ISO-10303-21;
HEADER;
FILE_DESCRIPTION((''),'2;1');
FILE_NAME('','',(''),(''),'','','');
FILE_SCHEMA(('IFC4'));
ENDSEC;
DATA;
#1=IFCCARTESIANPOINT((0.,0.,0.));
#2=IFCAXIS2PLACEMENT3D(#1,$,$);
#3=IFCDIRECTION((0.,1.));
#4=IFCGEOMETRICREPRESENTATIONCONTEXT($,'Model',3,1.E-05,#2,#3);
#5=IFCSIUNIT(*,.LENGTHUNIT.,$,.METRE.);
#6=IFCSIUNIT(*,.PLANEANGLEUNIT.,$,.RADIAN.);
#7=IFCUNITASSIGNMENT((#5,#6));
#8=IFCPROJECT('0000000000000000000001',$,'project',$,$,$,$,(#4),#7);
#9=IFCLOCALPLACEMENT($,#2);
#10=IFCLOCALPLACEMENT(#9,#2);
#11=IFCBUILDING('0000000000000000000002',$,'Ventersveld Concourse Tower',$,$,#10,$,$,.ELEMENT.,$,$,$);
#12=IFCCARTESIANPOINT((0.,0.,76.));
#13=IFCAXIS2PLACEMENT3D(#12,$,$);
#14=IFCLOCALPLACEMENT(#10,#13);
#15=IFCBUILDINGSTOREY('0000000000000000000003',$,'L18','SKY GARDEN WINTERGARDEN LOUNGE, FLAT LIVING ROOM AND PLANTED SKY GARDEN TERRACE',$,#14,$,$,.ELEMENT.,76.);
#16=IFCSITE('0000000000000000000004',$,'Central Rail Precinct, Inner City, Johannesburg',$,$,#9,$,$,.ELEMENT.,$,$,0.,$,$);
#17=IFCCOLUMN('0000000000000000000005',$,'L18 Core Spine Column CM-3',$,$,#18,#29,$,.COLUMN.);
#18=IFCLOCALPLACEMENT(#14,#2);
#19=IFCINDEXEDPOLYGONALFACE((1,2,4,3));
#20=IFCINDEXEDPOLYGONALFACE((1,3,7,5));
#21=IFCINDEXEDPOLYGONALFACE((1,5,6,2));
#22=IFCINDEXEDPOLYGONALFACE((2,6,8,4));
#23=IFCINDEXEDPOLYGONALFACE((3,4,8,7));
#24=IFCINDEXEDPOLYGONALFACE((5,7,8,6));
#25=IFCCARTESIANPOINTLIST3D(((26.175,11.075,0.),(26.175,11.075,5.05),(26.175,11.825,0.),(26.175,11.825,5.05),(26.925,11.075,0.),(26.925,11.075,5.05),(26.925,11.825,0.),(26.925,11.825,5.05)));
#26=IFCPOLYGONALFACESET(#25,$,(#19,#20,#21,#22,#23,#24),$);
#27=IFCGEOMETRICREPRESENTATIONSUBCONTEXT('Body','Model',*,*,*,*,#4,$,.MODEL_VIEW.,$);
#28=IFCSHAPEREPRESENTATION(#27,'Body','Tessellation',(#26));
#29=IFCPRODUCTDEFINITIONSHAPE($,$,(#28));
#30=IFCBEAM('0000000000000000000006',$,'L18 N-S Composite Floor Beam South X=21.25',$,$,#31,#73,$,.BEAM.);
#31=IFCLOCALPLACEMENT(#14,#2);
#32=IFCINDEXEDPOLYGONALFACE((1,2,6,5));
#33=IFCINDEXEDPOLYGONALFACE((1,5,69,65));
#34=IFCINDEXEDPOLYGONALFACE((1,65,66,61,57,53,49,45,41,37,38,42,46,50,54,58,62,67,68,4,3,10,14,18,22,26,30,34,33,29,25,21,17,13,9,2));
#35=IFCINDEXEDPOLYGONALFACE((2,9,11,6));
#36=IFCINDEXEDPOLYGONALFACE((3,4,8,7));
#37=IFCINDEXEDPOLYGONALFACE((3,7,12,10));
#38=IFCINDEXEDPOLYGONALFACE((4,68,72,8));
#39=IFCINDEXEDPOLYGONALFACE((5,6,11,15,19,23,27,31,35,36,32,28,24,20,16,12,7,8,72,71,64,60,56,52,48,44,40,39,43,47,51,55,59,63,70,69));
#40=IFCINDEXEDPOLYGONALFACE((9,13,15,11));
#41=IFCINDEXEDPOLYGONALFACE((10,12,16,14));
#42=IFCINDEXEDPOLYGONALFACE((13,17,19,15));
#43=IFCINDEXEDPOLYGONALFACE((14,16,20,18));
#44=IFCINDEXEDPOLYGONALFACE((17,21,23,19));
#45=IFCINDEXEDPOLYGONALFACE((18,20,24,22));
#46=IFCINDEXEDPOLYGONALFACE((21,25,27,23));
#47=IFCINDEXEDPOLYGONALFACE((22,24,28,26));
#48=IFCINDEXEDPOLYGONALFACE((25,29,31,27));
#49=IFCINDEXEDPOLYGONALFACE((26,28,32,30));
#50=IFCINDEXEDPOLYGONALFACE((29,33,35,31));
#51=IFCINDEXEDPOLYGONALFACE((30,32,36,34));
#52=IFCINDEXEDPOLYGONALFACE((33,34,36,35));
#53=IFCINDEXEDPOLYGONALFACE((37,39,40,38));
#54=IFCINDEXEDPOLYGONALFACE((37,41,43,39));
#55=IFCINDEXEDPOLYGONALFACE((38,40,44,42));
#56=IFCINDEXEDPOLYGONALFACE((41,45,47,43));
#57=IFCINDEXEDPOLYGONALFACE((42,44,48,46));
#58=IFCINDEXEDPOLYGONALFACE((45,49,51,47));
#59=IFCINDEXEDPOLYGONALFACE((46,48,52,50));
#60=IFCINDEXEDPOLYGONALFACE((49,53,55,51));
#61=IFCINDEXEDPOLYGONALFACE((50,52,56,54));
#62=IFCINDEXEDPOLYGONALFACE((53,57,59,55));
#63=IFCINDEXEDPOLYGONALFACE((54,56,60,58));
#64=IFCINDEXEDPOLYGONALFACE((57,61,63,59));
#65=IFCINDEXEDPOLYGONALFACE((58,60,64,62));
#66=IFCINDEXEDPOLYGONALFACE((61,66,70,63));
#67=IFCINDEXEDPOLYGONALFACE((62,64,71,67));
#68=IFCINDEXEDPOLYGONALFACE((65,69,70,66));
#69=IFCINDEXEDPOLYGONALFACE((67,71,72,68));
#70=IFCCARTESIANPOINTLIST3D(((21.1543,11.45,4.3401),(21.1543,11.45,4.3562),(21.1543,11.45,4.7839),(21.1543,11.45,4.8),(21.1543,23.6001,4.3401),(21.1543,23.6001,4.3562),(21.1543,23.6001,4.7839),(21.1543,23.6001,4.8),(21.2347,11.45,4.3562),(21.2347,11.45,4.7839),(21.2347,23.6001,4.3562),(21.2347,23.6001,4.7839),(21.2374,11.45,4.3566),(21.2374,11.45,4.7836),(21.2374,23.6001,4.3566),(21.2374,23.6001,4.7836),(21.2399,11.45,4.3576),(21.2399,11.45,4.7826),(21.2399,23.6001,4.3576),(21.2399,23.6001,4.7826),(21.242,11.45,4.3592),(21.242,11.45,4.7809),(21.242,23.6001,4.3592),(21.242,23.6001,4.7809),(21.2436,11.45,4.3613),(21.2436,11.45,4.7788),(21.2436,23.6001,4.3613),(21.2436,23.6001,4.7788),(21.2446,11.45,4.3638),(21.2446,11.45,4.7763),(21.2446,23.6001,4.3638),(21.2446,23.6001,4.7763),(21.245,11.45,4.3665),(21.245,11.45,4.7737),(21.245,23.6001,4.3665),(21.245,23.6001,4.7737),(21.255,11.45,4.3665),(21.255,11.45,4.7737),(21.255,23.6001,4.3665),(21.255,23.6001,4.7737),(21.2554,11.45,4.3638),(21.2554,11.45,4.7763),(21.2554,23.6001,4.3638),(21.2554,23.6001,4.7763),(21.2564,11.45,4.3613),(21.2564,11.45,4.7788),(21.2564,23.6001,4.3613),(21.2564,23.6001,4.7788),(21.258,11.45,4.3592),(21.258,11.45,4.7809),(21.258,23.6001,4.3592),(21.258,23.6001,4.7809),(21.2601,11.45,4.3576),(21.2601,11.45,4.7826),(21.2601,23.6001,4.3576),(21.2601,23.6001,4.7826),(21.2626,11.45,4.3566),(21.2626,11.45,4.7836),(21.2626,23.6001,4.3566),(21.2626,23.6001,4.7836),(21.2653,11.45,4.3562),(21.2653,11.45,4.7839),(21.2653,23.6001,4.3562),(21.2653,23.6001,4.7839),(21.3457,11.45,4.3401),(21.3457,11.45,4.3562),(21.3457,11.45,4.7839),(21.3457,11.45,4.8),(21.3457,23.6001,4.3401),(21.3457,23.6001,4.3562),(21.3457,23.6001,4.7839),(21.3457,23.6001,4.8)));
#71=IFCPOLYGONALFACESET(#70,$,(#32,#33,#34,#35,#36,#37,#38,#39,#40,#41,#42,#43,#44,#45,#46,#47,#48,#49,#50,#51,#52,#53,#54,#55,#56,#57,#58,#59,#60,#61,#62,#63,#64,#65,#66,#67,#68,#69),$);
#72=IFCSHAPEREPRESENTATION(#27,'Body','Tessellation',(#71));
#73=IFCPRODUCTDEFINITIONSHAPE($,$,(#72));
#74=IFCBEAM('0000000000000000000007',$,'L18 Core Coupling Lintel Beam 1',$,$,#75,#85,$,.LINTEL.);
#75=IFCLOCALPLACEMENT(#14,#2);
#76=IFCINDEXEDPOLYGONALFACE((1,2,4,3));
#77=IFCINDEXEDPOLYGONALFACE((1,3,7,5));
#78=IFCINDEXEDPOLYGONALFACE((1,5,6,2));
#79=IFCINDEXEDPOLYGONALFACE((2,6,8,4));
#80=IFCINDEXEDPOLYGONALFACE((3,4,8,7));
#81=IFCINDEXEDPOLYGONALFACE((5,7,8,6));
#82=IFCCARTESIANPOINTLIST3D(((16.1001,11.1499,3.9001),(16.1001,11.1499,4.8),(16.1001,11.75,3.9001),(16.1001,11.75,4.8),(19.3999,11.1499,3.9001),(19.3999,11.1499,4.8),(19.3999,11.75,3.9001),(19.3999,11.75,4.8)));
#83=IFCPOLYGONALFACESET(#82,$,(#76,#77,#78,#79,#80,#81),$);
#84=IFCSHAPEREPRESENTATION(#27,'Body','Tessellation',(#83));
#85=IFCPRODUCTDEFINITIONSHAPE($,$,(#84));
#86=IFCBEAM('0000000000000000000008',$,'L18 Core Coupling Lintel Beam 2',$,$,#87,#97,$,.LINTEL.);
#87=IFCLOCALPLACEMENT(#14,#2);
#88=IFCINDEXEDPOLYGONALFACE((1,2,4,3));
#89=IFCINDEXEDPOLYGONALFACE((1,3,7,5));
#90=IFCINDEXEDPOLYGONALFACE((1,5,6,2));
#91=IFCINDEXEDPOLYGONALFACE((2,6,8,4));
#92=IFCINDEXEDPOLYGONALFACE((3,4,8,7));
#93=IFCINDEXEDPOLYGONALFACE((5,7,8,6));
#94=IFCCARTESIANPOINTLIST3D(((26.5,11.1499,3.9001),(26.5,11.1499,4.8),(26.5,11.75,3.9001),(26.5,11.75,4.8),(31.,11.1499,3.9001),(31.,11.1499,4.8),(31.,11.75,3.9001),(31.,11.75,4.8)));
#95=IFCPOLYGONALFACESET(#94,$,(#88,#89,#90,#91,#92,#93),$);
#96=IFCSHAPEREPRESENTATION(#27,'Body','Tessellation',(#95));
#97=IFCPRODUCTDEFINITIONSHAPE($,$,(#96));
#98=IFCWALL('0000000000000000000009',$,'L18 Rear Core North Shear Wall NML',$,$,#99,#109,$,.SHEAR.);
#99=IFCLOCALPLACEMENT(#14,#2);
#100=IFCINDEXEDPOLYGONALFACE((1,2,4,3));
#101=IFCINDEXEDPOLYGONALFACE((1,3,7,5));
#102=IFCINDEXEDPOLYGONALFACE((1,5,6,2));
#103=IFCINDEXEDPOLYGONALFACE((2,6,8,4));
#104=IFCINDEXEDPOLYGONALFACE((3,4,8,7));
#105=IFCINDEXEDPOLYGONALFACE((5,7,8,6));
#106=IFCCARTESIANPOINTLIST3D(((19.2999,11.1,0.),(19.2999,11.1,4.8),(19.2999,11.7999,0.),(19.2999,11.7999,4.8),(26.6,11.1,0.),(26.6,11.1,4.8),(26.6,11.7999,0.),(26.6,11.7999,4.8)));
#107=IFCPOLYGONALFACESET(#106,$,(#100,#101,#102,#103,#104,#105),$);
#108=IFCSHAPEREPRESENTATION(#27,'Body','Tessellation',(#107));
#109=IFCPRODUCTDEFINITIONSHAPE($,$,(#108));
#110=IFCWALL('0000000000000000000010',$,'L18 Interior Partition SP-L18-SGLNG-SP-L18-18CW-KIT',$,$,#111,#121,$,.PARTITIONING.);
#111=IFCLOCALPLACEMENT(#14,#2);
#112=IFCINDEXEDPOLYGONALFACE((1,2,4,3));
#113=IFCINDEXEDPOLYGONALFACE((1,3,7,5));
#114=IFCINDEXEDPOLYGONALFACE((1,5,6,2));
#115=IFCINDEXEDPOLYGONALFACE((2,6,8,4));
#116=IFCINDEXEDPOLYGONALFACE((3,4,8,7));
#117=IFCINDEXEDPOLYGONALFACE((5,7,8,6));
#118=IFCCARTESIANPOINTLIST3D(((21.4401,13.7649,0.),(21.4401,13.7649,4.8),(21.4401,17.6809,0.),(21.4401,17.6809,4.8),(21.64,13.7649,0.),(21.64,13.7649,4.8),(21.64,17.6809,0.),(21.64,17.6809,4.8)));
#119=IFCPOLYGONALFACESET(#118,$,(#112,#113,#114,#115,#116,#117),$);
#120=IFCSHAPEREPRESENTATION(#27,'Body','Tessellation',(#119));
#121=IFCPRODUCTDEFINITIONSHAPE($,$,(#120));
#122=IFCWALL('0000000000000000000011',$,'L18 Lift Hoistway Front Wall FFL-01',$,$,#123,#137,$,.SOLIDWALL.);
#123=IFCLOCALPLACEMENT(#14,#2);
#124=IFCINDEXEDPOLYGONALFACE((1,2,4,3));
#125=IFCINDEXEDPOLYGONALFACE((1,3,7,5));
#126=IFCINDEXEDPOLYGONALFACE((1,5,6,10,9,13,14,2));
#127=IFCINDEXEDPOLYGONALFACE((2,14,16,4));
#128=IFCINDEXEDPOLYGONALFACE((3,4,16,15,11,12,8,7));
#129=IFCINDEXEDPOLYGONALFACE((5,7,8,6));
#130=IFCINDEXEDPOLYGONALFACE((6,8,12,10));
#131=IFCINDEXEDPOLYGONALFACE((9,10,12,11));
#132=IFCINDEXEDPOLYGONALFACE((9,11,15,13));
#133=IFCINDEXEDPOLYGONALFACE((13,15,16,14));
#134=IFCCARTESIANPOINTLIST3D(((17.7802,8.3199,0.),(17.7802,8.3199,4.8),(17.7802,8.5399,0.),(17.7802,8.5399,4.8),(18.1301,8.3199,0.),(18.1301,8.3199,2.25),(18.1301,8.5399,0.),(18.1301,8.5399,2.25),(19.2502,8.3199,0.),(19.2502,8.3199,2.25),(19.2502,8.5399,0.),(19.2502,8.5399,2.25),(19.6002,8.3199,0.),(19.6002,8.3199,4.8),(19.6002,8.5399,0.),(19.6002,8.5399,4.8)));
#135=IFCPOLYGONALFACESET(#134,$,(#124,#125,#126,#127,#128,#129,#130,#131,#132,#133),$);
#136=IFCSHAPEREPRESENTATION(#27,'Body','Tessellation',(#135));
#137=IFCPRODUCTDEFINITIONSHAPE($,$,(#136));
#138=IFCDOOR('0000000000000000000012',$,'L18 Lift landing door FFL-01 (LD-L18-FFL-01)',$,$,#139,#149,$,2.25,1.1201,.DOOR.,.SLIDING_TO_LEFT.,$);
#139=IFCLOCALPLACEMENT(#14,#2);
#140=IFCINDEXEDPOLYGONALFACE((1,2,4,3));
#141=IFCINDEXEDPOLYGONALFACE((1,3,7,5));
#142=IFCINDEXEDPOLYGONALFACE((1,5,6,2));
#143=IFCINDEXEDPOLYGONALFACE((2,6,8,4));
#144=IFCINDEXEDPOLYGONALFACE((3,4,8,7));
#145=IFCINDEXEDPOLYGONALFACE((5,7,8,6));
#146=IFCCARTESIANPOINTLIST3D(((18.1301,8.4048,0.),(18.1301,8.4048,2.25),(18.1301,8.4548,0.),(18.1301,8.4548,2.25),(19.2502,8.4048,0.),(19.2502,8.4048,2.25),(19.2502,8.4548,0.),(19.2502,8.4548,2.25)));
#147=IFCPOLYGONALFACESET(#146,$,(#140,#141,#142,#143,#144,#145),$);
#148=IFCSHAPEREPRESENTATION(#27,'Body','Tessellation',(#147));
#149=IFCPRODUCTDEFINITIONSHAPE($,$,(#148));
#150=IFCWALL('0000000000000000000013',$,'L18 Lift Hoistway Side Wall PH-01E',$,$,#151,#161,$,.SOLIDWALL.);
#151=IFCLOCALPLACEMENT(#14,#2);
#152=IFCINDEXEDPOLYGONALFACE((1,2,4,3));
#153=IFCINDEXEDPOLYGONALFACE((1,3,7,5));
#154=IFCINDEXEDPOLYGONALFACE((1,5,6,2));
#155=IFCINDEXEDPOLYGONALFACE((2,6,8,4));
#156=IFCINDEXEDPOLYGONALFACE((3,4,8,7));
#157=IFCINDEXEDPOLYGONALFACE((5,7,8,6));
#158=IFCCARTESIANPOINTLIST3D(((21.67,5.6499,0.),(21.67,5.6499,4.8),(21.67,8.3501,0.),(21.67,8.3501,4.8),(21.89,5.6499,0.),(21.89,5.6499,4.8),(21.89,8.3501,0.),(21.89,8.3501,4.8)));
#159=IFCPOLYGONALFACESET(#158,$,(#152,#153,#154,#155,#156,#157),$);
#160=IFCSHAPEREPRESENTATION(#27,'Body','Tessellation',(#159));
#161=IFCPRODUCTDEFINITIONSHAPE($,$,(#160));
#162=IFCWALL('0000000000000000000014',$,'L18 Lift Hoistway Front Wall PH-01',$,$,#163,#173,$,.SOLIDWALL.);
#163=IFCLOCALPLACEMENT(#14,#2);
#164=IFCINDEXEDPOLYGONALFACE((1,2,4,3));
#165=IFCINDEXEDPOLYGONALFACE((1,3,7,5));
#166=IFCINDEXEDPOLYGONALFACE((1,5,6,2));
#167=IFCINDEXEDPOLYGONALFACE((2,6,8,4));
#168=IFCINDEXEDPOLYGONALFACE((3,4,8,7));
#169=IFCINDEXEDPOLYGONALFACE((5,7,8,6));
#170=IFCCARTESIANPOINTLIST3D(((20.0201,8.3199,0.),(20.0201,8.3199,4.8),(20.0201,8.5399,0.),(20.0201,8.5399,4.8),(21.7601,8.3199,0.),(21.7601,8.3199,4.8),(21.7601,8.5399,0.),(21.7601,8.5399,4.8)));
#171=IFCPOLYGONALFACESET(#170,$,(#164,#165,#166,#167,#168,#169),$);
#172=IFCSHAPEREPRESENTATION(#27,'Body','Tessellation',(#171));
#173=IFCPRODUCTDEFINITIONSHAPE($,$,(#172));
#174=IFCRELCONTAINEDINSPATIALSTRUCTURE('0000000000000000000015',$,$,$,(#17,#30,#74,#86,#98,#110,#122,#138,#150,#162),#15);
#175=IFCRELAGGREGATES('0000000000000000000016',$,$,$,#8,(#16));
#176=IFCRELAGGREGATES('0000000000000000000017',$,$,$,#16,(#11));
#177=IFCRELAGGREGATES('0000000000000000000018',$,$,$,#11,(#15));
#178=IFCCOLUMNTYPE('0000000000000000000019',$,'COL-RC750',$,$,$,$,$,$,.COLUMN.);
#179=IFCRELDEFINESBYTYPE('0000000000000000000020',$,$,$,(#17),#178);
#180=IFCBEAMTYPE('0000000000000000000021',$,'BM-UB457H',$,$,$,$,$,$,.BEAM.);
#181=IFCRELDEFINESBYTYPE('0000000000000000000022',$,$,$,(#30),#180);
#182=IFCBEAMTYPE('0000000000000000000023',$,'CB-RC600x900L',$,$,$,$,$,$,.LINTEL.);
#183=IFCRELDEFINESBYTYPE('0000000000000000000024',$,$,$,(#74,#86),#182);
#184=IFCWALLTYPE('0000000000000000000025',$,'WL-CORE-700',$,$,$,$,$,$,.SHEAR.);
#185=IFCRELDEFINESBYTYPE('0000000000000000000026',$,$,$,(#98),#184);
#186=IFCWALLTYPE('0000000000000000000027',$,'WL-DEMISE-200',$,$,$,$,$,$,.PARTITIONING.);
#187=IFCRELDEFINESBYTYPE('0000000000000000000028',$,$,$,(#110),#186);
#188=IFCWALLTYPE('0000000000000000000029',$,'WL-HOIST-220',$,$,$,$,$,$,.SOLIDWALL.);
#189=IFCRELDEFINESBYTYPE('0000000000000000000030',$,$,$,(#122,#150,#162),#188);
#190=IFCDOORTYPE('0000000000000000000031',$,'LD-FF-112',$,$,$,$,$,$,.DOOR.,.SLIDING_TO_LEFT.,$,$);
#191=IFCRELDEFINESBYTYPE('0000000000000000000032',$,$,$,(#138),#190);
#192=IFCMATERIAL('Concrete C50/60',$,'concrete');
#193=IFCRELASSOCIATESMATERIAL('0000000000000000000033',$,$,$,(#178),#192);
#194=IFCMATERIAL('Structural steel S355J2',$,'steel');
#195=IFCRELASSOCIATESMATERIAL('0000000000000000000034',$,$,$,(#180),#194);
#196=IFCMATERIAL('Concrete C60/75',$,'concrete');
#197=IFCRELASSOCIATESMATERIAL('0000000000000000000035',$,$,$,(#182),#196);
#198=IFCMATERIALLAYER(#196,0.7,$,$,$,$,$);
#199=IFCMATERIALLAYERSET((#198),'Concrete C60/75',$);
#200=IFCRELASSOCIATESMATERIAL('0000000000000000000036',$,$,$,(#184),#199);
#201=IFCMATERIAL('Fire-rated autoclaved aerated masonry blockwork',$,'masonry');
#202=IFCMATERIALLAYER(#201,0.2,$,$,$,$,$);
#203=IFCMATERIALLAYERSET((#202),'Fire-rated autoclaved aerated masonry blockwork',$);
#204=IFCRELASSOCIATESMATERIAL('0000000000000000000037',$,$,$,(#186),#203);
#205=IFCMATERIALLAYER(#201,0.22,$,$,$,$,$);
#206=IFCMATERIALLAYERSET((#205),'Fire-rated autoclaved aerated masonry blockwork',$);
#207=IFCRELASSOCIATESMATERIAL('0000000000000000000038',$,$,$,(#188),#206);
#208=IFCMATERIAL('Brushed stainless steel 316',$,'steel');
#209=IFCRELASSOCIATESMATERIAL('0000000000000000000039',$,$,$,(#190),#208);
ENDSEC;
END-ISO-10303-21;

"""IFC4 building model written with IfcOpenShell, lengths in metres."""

from ifc_helpers import new_model, si_unit, direction, frame, frame_2d, origin, origin_2d, place, context, subcontext, project, spatial, rectangle, i_section, extrude, material, layer, layer_set, material_profile, profile_set, type_object, element, fill, save


model = new_model("IFC4")

# Units and contexts
model_context = context("Model", 3, precision=1e-05, world=origin(), true_north=direction((0.0, 1.0)))
body_context = subcontext(model_context, "Body", "Model", "MODEL_VIEW")
ifc_project = project(units=[si_unit("LENGTHUNIT", "METRE"), si_unit("PLANEANGLEUNIT", "RADIAN")], contexts=[model_context])

# Site, building, storey
site_placement = place(None, origin())
site = spatial("IfcSite", under=ifc_project, at=site_placement, Name="Central Rail Precinct, Inner City, Johannesburg", CompositionType="ELEMENT", RefElevation=0.0)
building_placement = place(site_placement, origin())
building = spatial("IfcBuilding", under=site, at=building_placement, Name="Ventersveld Concourse Tower", CompositionType="ELEMENT")
storey_placement = place(building_placement, frame((0.0, 0.0, 76.0)))
storey = spatial("IfcBuildingStorey", under=building, at=storey_placement, Name="L18", Description="SKY GARDEN WINTERGARDEN LOUNGE, FLAT LIVING ROOM AND PLANTED SKY GARDEN TERRACE", CompositionType="ELEMENT", Elevation=76.0)

# Column
ifc_material_1 = material(Name="Concrete C50/60", Category="concrete")
ifc_material_profile_1 = material_profile(ifc_material_1, rectangle(XDim=0.75, YDim=0.75, at=origin_2d()), Name="RC 750x750")
ifc_profile_set_1 = profile_set([ifc_material_profile_1], Name="Concrete C50/60")
column_type = type_object("IfcColumnType", Name="COL-RC750", PredefinedType="COLUMN", material=ifc_profile_set_1)
column_placement = place(storey_placement, frame((26.55, 11.45, 0.0), z_axis=(0.0, 0.0, 1.0), x_axis=(1.0, 0.0, 0.0)))
element("IfcColumn", 1, at=column_placement, inside=storey, type_object=column_type, Name="L18 Core Spine Column CM-3", PredefinedType="COLUMN", context=body_context, shape_type="SweptSolid", body=[
    extrude(rectangle(XDim=0.75, YDim=0.75, at=origin_2d()), origin(), (0.0, 0.0, 1.0), 5.05),
])

# Beams
ifc_material_2 = material(Name="Structural steel S355J2", Category="steel")
ifc_material_profile_2 = material_profile(ifc_material_2, i_section(OverallWidth=0.1914, OverallDepth=0.46, WebThickness=0.01, FlangeThickness=0.0161, FilletRadius=0.0103, at=origin_2d()), Name="UB 457x191x82")
ifc_profile_set_2 = profile_set([ifc_material_profile_2], Name="Structural steel S355J2")
beam_type_1 = type_object("IfcBeamType", Name="BM-UB457H", PredefinedType="BEAM", material=ifc_profile_set_2)
beam_1_placement = place(storey_placement, frame((21.25, 11.45, 4.5701), z_axis=(0.0, 1.0, 0.0), x_axis=(-1.0, 0.0, 0.0)))
element("IfcBeam", 2, at=beam_1_placement, inside=storey, type_object=beam_type_1, Name="L18 N-S Composite Floor Beam South X=21.25", PredefinedType="BEAM", context=body_context, shape_type="SweptSolid", body=[
    extrude(i_section(OverallWidth=0.1914, OverallDepth=0.46, WebThickness=0.01, FlangeThickness=0.0161, FilletRadius=0.0103, at=origin_2d()), origin(), (0.0, 0.0, 1.0), 12.1501),
])
ifc_material_3 = material(Name="Concrete C60/75", Category="concrete")
ifc_material_profile_3 = material_profile(ifc_material_3, rectangle(XDim=0.6001, YDim=0.8999, at=origin_2d()), Name="RC 600x900")
ifc_profile_set_3 = profile_set([ifc_material_profile_3], Name="Concrete C60/75")
beam_type_2 = type_object("IfcBeamType", Name="CB-RC600x900L", PredefinedType="LINTEL", material=ifc_profile_set_3)
beam_2_placement = place(storey_placement, frame((16.1001, 11.45, 4.3501), z_axis=(1.0, 0.0, 0.0), x_axis=(0.0, 1.0, 0.0)))
element("IfcBeam", 3, at=beam_2_placement, inside=storey, type_object=beam_type_2, Name="L18 Core Coupling Lintel Beam 1", PredefinedType="LINTEL", context=body_context, shape_type="SweptSolid", body=[
    extrude(rectangle(XDim=0.6001, YDim=0.8999, at=origin_2d()), origin(), (0.0, 0.0, 1.0), 3.2998),
])
beam_3_placement = place(storey_placement, frame((26.5, 11.45, 4.3501), z_axis=(1.0, 0.0, 0.0), x_axis=(0.0, 1.0, 0.0)))
element("IfcBeam", 4, at=beam_3_placement, inside=storey, type_object=beam_type_2, Name="L18 Core Coupling Lintel Beam 2", PredefinedType="LINTEL", context=body_context, shape_type="SweptSolid", body=[
    extrude(rectangle(XDim=0.6001, YDim=0.8999, at=origin_2d()), origin(), (0.0, 0.0, 1.0), 4.5),
])

# Walls
ifc_layer_1 = layer(ifc_material_3, 0.7)
ifc_layer_set_1 = layer_set([ifc_layer_1], Name="Concrete C60/75")
wall_type_1 = type_object("IfcWallType", Name="WL-CORE-700", PredefinedType="SHEAR", material=ifc_layer_set_1)
wall_1_placement = place(storey_placement, frame((19.3, 11.45, 0.0), z_axis=(0.0, 0.0, 1.0), x_axis=(1.0, 0.0, 0.0)))
element("IfcWall", 5, at=wall_1_placement, inside=storey, type_object=wall_type_1, Name="L18 Rear Core North Shear Wall NML", PredefinedType="SHEAR", context=body_context, shape_type="SweptSolid", body=[
    extrude(rectangle(XDim=7.3, YDim=0.7, at=frame_2d((3.6499, 0.0))), origin(), (0.0, 0.0, 1.0), 4.8),
])
ifc_material_4 = material(Name="Fire-rated autoclaved aerated masonry blockwork", Category="masonry")
ifc_layer_2 = layer(ifc_material_4, 0.2)
ifc_layer_set_2 = layer_set([ifc_layer_2], Name="Fire-rated autoclaved aerated masonry blockwork")
wall_type_2 = type_object("IfcWallType", Name="WL-DEMISE-200", PredefinedType="PARTITIONING", material=ifc_layer_set_2)
wall_2_placement = place(storey_placement, frame((21.54, 13.7649, 0.0), z_axis=(0.0, 0.0, 1.0), x_axis=(0.0, 1.0, 0.0)))
element("IfcWall", 6, at=wall_2_placement, inside=storey, type_object=wall_type_2, Name="L18 Interior Partition SP-L18-SGLNG-SP-L18-18CW-KIT", PredefinedType="PARTITIONING", context=body_context, shape_type="SweptSolid", body=[
    extrude(rectangle(XDim=3.916, YDim=0.2, at=frame_2d((1.958, 0.0))), origin(), (0.0, 0.0, 1.0), 4.8),
])

# Wall, opening, door
ifc_layer_3 = layer(ifc_material_4, 0.22)
ifc_layer_set_3 = layer_set([ifc_layer_3], Name="Fire-rated autoclaved aerated masonry blockwork")
wall_type_3 = type_object("IfcWallType", Name="WL-HOIST-220", PredefinedType="SOLIDWALL", material=ifc_layer_set_3)
wall_3_placement = place(storey_placement, frame((17.78, 8.4299, 0.0), z_axis=(0.0, 0.0, 1.0), x_axis=(1.0, 0.0, 0.0)))
wall_3 = element("IfcWall", 7, at=wall_3_placement, inside=storey, type_object=wall_type_3, Name="L18 Lift Hoistway Front Wall FFL-01", PredefinedType="SOLIDWALL", context=body_context, shape_type="SweptSolid", body=[
    extrude(rectangle(XDim=1.8201, YDim=0.22, at=frame_2d((0.9102, 0.0))), origin(), (0.0, 0.0, 1.0), 4.8),
])
opening_1_placement = place(wall_3_placement, frame((0.3501, 0.0, 0.0)))
opening_1 = element("IfcOpeningElement", 8, at=opening_1_placement, cuts=wall_3, PredefinedType="OPENING", context=body_context, shape_type="SweptSolid", body=[
    extrude(rectangle(XDim=1.1201, YDim=2.25, at=frame_2d((0.5601, 1.125))), frame((0.0, 0.1201, 0.0), z_axis=(0.0, -1.0, 0.0), x_axis=(1.0, 0.0, 0.0)), (0.0, 0.0, 1.0), 0.24),
])
ifc_material_5 = material(Name="Brushed stainless steel 316", Category="steel")
door_type_1 = type_object("IfcDoorType", Name="LD-FF-112", OperationType="SLIDING_TO_LEFT", PredefinedType="DOOR", material=ifc_material_5)
door_1_placement = place(opening_1_placement, origin())
door_1 = element("IfcDoor", 9, at=door_1_placement, inside=storey, type_object=door_type_1, Name="L18 Lift landing door FFL-01 (LD-L18-FFL-01)", OperationType="SLIDING_TO_LEFT", OverallHeight=2.25, OverallWidth=1.1201, PredefinedType="DOOR", context=body_context, shape_type="SweptSolid", body=[
    extrude(rectangle(XDim=1.1201, YDim=2.25, at=frame_2d((0.5601, 1.125))), frame((0.0, 0.0249, 0.0), z_axis=(0.0, -1.0, 0.0), x_axis=(1.0, 0.0, 0.0)), (0.0, 0.0, 1.0), 0.05),
])
fill(opening_1, door_1)

# Walls
wall_4_placement = place(storey_placement, frame((21.78, 5.6499, 0.0), z_axis=(0.0, 0.0, 1.0), x_axis=(0.0, 1.0, 0.0)))
element("IfcWall", 10, at=wall_4_placement, inside=storey, type_object=wall_type_3, Name="L18 Lift Hoistway Side Wall PH-01E", PredefinedType="SOLIDWALL", context=body_context, shape_type="SweptSolid", body=[
    extrude(rectangle(XDim=2.7002, YDim=0.22, at=frame_2d((1.3501, 0.0))), origin(), (0.0, 0.0, 1.0), 4.8),
])
wall_5_placement = place(storey_placement, frame((20.02, 8.4299, 0.0), z_axis=(0.0, 0.0, 1.0), x_axis=(1.0, 0.0, 0.0)))
element("IfcWall", 11, at=wall_5_placement, inside=storey, type_object=wall_type_3, Name="L18 Lift Hoistway Front Wall PH-01", PredefinedType="SOLIDWALL", context=body_context, shape_type="SweptSolid", body=[
    extrude(rectangle(XDim=1.74, YDim=0.22, at=frame_2d((0.8701, 0.0))), origin(), (0.0, 0.0, 1.0), 4.8),
])

save(model, "model.ifc")
